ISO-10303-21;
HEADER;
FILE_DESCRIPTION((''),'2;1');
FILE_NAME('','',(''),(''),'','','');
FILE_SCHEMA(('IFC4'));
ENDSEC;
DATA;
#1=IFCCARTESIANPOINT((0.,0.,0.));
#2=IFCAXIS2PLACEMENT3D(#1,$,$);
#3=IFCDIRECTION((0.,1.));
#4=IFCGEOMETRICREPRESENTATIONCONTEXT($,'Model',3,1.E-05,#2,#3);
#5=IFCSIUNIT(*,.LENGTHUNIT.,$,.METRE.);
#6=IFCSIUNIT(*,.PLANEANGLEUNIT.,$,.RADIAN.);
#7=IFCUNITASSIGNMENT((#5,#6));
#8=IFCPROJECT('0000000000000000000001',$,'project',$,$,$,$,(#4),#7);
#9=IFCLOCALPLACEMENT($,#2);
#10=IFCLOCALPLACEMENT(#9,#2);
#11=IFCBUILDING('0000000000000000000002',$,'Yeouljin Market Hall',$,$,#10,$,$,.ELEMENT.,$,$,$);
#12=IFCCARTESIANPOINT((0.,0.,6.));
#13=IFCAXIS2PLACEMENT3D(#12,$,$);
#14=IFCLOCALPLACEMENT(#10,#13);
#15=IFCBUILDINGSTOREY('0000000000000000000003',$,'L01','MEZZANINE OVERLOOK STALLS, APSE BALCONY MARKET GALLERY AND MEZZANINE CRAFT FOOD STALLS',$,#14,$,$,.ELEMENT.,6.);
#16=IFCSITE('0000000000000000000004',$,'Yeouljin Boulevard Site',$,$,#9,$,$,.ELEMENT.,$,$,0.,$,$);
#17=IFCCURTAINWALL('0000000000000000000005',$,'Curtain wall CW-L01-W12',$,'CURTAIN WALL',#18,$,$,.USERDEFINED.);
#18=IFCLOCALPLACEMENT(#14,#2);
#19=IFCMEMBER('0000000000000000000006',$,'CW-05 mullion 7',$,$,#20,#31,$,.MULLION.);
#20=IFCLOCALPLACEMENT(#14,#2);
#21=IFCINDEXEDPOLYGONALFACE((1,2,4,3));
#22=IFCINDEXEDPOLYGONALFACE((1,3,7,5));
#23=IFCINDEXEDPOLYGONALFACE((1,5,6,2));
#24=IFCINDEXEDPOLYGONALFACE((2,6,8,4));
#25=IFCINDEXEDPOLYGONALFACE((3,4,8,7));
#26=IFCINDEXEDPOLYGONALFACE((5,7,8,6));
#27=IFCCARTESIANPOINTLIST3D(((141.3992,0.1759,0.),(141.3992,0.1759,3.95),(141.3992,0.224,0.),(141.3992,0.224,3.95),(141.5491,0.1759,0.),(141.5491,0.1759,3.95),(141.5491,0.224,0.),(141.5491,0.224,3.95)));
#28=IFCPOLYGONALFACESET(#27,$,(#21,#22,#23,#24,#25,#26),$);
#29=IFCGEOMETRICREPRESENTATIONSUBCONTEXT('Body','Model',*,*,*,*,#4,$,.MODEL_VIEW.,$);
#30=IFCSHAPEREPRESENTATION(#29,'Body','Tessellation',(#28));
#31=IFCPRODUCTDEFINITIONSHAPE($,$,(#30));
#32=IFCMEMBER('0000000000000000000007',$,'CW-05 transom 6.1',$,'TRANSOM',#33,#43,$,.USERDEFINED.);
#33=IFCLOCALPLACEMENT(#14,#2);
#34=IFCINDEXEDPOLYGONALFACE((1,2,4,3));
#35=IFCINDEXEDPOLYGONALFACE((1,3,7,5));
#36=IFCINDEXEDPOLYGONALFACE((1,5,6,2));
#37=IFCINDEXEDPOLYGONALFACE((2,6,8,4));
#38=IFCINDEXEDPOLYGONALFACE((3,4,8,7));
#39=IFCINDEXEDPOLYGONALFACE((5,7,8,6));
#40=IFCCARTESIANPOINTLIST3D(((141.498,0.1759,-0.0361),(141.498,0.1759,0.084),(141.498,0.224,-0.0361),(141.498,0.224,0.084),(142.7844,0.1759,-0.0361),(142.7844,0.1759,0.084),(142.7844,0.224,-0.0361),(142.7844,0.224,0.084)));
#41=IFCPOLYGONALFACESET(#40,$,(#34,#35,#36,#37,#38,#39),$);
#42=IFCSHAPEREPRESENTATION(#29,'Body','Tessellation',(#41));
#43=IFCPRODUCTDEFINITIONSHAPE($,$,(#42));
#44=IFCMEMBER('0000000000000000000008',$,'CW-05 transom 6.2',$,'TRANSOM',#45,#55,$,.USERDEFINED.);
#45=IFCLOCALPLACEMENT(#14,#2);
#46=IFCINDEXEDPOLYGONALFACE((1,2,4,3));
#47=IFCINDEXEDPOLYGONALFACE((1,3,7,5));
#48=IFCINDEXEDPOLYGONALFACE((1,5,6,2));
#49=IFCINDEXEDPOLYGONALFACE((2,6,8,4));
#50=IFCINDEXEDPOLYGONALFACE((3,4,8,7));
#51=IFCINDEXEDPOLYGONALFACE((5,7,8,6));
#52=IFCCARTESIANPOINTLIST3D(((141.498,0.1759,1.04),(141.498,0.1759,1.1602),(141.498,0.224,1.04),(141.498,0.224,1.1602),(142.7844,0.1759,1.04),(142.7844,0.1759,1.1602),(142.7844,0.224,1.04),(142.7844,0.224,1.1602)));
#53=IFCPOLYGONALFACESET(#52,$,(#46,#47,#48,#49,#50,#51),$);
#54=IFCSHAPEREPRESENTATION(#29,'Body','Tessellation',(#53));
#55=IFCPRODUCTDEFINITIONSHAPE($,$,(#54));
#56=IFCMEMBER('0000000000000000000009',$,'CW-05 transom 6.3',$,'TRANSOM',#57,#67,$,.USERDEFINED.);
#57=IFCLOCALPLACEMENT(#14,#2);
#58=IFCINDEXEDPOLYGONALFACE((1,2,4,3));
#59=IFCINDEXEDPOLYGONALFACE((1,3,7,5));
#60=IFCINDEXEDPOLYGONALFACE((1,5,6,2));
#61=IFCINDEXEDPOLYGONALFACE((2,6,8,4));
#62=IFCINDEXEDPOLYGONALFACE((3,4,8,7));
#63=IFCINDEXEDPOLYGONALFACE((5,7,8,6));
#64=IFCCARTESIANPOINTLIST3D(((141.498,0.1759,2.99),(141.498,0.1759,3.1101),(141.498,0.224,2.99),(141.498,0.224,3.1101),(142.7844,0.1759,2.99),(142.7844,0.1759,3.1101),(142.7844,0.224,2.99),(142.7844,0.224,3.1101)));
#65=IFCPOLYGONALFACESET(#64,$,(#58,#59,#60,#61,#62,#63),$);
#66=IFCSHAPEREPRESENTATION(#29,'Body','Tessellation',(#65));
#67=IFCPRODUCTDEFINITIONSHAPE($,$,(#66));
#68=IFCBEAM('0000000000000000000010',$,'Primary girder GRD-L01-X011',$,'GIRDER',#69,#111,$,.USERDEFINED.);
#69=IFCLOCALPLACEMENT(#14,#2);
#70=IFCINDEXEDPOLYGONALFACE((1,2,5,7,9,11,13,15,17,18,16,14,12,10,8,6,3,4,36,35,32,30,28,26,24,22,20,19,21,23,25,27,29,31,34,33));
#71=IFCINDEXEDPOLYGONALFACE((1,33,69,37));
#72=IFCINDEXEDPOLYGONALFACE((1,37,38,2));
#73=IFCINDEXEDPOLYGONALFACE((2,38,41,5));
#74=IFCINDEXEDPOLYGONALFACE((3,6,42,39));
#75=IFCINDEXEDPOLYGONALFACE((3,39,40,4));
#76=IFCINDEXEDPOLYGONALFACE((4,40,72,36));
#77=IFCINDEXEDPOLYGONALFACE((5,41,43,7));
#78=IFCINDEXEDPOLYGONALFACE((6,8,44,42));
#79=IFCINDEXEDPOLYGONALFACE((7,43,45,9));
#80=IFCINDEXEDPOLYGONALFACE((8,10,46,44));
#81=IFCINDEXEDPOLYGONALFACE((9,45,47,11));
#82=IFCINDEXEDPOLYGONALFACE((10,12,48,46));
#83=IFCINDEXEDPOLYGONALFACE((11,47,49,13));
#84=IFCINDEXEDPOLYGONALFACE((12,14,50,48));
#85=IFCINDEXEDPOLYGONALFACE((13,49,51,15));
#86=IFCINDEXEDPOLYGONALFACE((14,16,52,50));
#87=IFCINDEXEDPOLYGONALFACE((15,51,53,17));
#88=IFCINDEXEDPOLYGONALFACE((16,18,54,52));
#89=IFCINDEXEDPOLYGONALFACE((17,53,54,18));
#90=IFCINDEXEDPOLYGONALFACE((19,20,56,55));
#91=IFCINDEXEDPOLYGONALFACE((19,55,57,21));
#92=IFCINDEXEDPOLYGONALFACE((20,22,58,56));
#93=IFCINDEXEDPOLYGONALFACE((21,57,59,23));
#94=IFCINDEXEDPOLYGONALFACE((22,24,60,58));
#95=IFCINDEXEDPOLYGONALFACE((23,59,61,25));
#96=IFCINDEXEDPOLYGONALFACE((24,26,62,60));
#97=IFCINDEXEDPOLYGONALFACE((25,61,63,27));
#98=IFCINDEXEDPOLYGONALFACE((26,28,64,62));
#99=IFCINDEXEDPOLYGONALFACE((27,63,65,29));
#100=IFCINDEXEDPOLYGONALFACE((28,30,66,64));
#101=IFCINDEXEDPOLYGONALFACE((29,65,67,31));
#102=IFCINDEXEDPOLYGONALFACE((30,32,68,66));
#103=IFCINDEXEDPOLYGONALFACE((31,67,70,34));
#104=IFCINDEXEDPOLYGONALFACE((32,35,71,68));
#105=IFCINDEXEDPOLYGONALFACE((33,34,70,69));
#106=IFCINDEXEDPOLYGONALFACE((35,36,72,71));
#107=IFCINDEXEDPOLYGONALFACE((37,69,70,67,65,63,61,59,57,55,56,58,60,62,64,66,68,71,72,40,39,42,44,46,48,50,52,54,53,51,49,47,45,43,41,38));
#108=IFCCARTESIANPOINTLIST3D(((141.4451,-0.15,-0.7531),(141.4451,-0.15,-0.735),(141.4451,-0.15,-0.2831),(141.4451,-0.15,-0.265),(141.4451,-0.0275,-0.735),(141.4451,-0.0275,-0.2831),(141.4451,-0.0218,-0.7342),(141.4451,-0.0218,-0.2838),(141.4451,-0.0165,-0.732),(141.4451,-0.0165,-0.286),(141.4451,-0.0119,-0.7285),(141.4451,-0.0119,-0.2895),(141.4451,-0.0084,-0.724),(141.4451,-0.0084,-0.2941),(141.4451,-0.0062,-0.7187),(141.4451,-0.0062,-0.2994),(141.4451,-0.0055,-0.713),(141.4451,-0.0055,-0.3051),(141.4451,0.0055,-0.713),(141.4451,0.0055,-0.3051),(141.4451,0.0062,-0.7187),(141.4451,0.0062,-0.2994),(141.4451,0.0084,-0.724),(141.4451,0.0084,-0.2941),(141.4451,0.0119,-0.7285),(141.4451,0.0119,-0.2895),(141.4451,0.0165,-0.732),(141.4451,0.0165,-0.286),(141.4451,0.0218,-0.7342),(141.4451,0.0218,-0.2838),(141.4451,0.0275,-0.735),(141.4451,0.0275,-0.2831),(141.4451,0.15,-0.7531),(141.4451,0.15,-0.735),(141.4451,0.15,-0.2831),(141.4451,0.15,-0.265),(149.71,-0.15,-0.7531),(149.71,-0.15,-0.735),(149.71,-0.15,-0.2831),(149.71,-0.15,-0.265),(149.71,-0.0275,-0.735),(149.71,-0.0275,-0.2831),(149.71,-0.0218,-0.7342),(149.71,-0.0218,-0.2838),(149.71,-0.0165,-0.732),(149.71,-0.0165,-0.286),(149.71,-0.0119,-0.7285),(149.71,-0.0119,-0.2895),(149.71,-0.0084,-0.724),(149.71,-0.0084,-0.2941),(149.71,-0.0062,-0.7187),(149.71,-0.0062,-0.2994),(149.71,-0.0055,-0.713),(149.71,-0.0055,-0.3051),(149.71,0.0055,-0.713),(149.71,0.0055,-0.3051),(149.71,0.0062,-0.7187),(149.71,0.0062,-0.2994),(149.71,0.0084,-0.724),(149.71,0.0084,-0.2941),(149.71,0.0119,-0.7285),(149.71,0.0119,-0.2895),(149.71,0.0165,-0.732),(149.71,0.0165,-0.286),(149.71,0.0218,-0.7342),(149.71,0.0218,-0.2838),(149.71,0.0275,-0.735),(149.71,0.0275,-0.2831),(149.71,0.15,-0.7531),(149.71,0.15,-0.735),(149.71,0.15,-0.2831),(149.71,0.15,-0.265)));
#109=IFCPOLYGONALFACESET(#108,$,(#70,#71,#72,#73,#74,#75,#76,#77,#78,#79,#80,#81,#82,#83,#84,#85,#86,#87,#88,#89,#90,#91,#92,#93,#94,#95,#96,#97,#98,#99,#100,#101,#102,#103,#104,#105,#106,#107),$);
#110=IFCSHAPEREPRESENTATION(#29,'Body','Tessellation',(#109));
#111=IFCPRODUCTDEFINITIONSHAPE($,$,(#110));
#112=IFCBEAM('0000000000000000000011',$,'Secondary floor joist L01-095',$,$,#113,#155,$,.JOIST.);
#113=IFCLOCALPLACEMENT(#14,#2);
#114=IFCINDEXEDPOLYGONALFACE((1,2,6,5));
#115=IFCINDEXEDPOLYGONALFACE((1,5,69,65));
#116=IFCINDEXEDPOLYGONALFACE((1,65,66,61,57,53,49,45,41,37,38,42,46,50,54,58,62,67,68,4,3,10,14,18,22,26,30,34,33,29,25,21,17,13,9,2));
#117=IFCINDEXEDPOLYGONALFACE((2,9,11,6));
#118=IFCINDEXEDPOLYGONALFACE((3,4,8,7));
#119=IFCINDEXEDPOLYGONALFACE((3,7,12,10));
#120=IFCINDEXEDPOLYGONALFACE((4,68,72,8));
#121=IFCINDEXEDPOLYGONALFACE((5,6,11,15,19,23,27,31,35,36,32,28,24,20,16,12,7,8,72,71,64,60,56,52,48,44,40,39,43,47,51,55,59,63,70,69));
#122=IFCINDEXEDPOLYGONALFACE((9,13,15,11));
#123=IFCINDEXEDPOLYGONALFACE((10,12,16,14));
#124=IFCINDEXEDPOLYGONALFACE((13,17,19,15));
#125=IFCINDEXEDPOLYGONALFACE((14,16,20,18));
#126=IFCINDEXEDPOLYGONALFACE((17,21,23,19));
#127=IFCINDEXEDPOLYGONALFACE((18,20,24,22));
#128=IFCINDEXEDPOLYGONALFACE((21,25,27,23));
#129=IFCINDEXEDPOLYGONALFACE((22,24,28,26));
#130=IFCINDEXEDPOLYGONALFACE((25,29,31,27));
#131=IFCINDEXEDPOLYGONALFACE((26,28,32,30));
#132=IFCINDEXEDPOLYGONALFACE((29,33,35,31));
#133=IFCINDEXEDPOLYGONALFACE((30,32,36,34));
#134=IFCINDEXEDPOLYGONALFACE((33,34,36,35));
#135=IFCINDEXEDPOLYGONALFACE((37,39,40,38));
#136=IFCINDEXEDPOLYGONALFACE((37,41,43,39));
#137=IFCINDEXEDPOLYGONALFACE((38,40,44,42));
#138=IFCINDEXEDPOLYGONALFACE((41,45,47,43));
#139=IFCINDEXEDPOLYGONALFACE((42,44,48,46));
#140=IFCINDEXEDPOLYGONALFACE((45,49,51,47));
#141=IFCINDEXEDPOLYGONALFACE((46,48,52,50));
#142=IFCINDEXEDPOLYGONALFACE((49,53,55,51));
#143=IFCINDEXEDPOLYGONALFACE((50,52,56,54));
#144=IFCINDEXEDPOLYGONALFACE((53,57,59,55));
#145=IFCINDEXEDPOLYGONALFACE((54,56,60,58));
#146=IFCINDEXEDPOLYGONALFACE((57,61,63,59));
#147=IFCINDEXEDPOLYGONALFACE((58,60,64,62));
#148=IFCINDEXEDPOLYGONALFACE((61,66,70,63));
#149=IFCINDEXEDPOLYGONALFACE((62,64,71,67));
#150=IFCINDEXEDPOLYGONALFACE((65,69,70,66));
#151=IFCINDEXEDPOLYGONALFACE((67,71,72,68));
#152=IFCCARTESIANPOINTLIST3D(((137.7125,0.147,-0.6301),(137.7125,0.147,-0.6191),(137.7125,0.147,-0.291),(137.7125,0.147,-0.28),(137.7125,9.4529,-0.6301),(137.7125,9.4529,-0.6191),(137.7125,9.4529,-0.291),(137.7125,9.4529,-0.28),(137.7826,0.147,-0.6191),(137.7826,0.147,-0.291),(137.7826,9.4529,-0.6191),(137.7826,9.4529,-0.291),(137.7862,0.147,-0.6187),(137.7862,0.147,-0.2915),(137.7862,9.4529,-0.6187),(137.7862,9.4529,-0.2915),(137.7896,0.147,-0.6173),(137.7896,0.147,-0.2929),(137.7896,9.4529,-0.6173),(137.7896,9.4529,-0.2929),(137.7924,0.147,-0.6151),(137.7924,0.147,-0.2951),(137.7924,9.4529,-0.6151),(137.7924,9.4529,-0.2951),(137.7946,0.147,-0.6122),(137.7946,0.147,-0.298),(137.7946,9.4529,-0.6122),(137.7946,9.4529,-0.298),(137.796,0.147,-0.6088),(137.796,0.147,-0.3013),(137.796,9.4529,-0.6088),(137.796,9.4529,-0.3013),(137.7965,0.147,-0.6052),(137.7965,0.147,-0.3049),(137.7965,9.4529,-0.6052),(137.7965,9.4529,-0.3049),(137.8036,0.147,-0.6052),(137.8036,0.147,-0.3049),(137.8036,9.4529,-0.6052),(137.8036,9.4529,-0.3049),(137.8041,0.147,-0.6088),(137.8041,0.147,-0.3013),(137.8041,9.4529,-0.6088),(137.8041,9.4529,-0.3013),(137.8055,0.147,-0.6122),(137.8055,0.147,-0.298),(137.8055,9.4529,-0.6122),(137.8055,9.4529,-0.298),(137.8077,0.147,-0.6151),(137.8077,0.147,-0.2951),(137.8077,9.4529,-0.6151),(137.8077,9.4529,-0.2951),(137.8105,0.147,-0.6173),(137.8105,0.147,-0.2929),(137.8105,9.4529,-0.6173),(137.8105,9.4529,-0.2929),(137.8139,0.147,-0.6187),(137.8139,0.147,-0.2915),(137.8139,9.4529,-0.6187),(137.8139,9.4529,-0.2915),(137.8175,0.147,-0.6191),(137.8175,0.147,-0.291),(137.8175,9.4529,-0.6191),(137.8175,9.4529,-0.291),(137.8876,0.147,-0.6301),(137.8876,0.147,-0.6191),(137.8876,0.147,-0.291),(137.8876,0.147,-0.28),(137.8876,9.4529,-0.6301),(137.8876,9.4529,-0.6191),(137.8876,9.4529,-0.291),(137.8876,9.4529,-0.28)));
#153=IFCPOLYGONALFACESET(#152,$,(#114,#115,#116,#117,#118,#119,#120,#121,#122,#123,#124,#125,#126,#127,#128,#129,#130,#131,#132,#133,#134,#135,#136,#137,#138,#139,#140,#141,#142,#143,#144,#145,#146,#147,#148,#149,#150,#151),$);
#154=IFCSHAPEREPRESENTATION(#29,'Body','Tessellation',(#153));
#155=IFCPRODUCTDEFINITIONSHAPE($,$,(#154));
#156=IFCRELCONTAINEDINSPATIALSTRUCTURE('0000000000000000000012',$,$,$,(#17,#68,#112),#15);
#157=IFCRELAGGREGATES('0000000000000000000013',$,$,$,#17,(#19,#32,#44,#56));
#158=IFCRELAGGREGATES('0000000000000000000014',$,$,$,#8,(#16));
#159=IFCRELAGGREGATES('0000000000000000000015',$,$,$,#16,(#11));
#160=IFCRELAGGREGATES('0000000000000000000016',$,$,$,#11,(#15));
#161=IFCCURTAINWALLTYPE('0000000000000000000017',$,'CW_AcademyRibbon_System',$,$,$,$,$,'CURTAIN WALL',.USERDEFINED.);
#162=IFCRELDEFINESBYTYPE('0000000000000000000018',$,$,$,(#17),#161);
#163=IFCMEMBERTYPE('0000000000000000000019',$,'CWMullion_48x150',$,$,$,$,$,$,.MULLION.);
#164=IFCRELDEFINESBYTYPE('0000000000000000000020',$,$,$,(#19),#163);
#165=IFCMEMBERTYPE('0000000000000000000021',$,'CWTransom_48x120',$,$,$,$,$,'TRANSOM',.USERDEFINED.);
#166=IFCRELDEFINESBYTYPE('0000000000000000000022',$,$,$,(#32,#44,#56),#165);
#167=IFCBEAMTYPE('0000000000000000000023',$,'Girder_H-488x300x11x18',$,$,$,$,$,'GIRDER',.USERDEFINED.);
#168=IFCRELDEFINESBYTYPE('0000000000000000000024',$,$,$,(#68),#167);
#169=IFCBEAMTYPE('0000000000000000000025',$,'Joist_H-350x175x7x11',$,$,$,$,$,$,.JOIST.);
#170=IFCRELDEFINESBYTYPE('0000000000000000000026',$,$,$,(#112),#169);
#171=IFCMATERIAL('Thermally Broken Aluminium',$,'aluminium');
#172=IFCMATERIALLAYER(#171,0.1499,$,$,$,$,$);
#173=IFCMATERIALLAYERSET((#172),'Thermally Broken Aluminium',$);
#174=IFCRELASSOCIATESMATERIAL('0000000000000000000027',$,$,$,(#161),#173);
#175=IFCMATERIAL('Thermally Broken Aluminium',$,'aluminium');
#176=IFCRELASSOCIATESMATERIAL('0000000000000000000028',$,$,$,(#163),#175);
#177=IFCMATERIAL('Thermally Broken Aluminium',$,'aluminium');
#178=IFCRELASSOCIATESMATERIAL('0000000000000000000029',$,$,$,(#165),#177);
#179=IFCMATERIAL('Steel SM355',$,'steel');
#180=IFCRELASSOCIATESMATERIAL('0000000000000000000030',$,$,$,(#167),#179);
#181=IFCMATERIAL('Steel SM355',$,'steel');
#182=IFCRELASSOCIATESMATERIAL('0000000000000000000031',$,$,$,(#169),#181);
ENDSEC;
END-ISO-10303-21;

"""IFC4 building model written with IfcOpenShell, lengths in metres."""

from ifc_helpers import new_model, si_unit, direction, frame, origin, origin_2d, place, context, subcontext, project, spatial, rectangle, i_section, extrude, material, layer, layer_set, material_profile, profile_set, type_object, element, aggregate, save


model = new_model("IFC4")

# Units and contexts
model_context = context("Model", 3, precision=1e-05, world=origin(), true_north=direction((0.0, 1.0)))
body_context = subcontext(model_context, "Body", "Model", "MODEL_VIEW")
ifc_project = project(units=[si_unit("LENGTHUNIT", "METRE"), si_unit("PLANEANGLEUNIT", "RADIAN")], contexts=[model_context])

# Site, building, storey
site_placement = place(None, origin())
site = spatial("IfcSite", under=ifc_project, at=site_placement, Name="Yeouljin Boulevard Site", CompositionType="ELEMENT", RefElevation=0.0)
building_placement = place(site_placement, origin())
building = spatial("IfcBuilding", under=site, at=building_placement, Name="Yeouljin Market Hall", CompositionType="ELEMENT")
storey_placement = place(building_placement, frame((0.0, 0.0, 6.0)))
storey = spatial("IfcBuildingStorey", under=building, at=storey_placement, Name="L01", Description="MEZZANINE OVERLOOK STALLS, APSE BALCONY MARKET GALLERY AND MEZZANINE CRAFT FOOD STALLS", CompositionType="ELEMENT", Elevation=6.0)

# Curtain wall, members
ifc_material_1 = material(Name="Thermally Broken Aluminium", Category="aluminium")
ifc_layer_1 = layer(ifc_material_1, 0.1499)
ifc_layer_set_1 = layer_set([ifc_layer_1], Name="Thermally Broken Aluminium")
curtain_wall_type = type_object("IfcCurtainWallType", Name="CW_AcademyRibbon_System", ElementType="CURTAIN WALL", PredefinedType="USERDEFINED", material=ifc_layer_set_1)
curtain_wall_placement = place(storey_placement, origin())
curtain_wall = element("IfcCurtainWall", 1, at=curtain_wall_placement, inside=storey, type_object=curtain_wall_type, Name="Curtain wall CW-L01-W12", ObjectType="CURTAIN WALL", PredefinedType="USERDEFINED")
ifc_material_2 = material(Name="Thermally Broken Aluminium", Category="aluminium")
ifc_material_profile_1 = material_profile(ifc_material_2, rectangle(XDim=0.0481, YDim=0.1499, at=origin_2d()), Name="CW-MULL-48x150")
ifc_profile_set_1 = profile_set([ifc_material_profile_1], Name="Thermally Broken Aluminium")
member_type_1 = type_object("IfcMemberType", Name="CWMullion_48x150", PredefinedType="MULLION", material=ifc_profile_set_1)
member_1_placement = place(storey_placement, frame((141.4741, 0.2, 0.0), z_axis=(0.0, 0.0, 1.0), x_axis=(0.0, -1.0, 0.0)))
member_1 = element("IfcMember", 2, at=member_1_placement, type_object=member_type_1, Name="CW-05 mullion 7", PredefinedType="MULLION", context=body_context, shape_type="SweptSolid", body=[
    extrude(rectangle(XDim=0.0481, YDim=0.1499, at=origin_2d()), origin(), (0.0, 0.0, 1.0), 3.95),
])
ifc_material_3 = material(Name="Thermally Broken Aluminium", Category="aluminium")
ifc_material_profile_2 = material_profile(ifc_material_3, rectangle(XDim=0.0481, YDim=0.1201, at=origin_2d()), Name="CW-TRAN-48x120")
ifc_profile_set_2 = profile_set([ifc_material_profile_2], Name="Thermally Broken Aluminium")
member_type_2 = type_object("IfcMemberType", Name="CWTransom_48x120", ElementType="TRANSOM", PredefinedType="USERDEFINED", material=ifc_profile_set_2)
member_2_placement = place(storey_placement, frame((142.7844, 0.2, 0.0239), z_axis=(-1.0, 0.0, 0.0), x_axis=(0.0, -1.0, 0.0)))
member_2 = element("IfcMember", 3, at=member_2_placement, type_object=member_type_2, Name="CW-05 transom 6.1", ObjectType="TRANSOM", PredefinedType="USERDEFINED", context=body_context, shape_type="SweptSolid", body=[
    extrude(rectangle(XDim=0.0481, YDim=0.1201, at=origin_2d()), origin(), (0.0, 0.0, 1.0), 1.2864),
])
member_3_placement = place(storey_placement, frame((142.7844, 0.2, 1.1001), z_axis=(-1.0, 0.0, 0.0), x_axis=(0.0, -1.0, 0.0)))
member_3 = element("IfcMember", 4, at=member_3_placement, type_object=member_type_2, Name="CW-05 transom 6.2", ObjectType="TRANSOM", PredefinedType="USERDEFINED", context=body_context, shape_type="SweptSolid", body=[
    extrude(rectangle(XDim=0.0481, YDim=0.1201, at=origin_2d()), origin(), (0.0, 0.0, 1.0), 1.2864),
])
member_4_placement = place(storey_placement, frame((142.7844, 0.2, 3.05), z_axis=(-1.0, 0.0, 0.0), x_axis=(0.0, -1.0, 0.0)))
member_4 = element("IfcMember", 5, at=member_4_placement, type_object=member_type_2, Name="CW-05 transom 6.3", ObjectType="TRANSOM", PredefinedType="USERDEFINED", context=body_context, shape_type="SweptSolid", body=[
    extrude(rectangle(XDim=0.0481, YDim=0.1201, at=origin_2d()), origin(), (0.0, 0.0, 1.0), 1.2864),
])

# Beams
ifc_material_4 = material(Name="Steel SM355", Category="steel")
ifc_material_profile_3 = material_profile(ifc_material_4, i_section(OverallWidth=0.3, OverallDepth=0.488, WebThickness=0.011, FlangeThickness=0.0181, FilletRadius=0.022, at=origin_2d()), Name="H-488x300x11x18")
ifc_profile_set_3 = profile_set([ifc_material_profile_3], Name="Steel SM355")
beam_type_1 = type_object("IfcBeamType", Name="Girder_H-488x300x11x18", ElementType="GIRDER", PredefinedType="USERDEFINED", material=ifc_profile_set_3)
beam_placement = place(storey_placement, frame((141.4451, 0.0, -0.509), z_axis=(1.0, 0.0, 0.0), x_axis=(0.0, 1.0, 0.0)))
element("IfcBeam", 6, at=beam_placement, inside=storey, type_object=beam_type_1, Name="Primary girder GRD-L01-X011", ObjectType="GIRDER", PredefinedType="USERDEFINED", context=body_context, shape_type="SweptSolid", body=[
    extrude(i_section(OverallWidth=0.3, OverallDepth=0.488, WebThickness=0.011, FlangeThickness=0.0181, FilletRadius=0.022, at=origin_2d()), origin(), (0.0, 0.0, 1.0), 8.2649),
])
ifc_material_5 = material(Name="Steel SM355", Category="steel")
ifc_material_profile_4 = material_profile(ifc_material_5, i_section(OverallWidth=0.175, OverallDepth=0.3501, WebThickness=0.0071, FlangeThickness=0.011, FilletRadius=0.0139, at=origin_2d()), Name="H-350x175x7x11")
ifc_profile_set_4 = profile_set([ifc_material_profile_4], Name="Steel SM355")
beam_type_2 = type_object("IfcBeamType", Name="Joist_H-350x175x7x11", PredefinedType="JOIST", material=ifc_profile_set_4)
for number, where, z_axis, x_axis, name in (
    (7, (137.8, 0.147, -0.4551), (0.0, 1.0, 0.0), (-1.0, 0.0, 0.0), "Secondary floor joist L01-095"),
):
    element("IfcBeam", number, at=place(storey_placement, frame(where, z_axis=z_axis, x_axis=x_axis)), inside=storey, type_object=beam_type_2, Name=name, PredefinedType="JOIST", context=body_context, shape_type="SweptSolid", body=[
        extrude(i_section(OverallWidth=0.175, OverallDepth=0.3501, WebThickness=0.0071, FlangeThickness=0.011, FilletRadius=0.0139, at=origin_2d()), origin(), (0.0, 0.0, 1.0), 9.3059),
    ])

aggregate(curtain_wall, [member_1, member_2, member_3, member_4])

save(model, "model.ifc")
